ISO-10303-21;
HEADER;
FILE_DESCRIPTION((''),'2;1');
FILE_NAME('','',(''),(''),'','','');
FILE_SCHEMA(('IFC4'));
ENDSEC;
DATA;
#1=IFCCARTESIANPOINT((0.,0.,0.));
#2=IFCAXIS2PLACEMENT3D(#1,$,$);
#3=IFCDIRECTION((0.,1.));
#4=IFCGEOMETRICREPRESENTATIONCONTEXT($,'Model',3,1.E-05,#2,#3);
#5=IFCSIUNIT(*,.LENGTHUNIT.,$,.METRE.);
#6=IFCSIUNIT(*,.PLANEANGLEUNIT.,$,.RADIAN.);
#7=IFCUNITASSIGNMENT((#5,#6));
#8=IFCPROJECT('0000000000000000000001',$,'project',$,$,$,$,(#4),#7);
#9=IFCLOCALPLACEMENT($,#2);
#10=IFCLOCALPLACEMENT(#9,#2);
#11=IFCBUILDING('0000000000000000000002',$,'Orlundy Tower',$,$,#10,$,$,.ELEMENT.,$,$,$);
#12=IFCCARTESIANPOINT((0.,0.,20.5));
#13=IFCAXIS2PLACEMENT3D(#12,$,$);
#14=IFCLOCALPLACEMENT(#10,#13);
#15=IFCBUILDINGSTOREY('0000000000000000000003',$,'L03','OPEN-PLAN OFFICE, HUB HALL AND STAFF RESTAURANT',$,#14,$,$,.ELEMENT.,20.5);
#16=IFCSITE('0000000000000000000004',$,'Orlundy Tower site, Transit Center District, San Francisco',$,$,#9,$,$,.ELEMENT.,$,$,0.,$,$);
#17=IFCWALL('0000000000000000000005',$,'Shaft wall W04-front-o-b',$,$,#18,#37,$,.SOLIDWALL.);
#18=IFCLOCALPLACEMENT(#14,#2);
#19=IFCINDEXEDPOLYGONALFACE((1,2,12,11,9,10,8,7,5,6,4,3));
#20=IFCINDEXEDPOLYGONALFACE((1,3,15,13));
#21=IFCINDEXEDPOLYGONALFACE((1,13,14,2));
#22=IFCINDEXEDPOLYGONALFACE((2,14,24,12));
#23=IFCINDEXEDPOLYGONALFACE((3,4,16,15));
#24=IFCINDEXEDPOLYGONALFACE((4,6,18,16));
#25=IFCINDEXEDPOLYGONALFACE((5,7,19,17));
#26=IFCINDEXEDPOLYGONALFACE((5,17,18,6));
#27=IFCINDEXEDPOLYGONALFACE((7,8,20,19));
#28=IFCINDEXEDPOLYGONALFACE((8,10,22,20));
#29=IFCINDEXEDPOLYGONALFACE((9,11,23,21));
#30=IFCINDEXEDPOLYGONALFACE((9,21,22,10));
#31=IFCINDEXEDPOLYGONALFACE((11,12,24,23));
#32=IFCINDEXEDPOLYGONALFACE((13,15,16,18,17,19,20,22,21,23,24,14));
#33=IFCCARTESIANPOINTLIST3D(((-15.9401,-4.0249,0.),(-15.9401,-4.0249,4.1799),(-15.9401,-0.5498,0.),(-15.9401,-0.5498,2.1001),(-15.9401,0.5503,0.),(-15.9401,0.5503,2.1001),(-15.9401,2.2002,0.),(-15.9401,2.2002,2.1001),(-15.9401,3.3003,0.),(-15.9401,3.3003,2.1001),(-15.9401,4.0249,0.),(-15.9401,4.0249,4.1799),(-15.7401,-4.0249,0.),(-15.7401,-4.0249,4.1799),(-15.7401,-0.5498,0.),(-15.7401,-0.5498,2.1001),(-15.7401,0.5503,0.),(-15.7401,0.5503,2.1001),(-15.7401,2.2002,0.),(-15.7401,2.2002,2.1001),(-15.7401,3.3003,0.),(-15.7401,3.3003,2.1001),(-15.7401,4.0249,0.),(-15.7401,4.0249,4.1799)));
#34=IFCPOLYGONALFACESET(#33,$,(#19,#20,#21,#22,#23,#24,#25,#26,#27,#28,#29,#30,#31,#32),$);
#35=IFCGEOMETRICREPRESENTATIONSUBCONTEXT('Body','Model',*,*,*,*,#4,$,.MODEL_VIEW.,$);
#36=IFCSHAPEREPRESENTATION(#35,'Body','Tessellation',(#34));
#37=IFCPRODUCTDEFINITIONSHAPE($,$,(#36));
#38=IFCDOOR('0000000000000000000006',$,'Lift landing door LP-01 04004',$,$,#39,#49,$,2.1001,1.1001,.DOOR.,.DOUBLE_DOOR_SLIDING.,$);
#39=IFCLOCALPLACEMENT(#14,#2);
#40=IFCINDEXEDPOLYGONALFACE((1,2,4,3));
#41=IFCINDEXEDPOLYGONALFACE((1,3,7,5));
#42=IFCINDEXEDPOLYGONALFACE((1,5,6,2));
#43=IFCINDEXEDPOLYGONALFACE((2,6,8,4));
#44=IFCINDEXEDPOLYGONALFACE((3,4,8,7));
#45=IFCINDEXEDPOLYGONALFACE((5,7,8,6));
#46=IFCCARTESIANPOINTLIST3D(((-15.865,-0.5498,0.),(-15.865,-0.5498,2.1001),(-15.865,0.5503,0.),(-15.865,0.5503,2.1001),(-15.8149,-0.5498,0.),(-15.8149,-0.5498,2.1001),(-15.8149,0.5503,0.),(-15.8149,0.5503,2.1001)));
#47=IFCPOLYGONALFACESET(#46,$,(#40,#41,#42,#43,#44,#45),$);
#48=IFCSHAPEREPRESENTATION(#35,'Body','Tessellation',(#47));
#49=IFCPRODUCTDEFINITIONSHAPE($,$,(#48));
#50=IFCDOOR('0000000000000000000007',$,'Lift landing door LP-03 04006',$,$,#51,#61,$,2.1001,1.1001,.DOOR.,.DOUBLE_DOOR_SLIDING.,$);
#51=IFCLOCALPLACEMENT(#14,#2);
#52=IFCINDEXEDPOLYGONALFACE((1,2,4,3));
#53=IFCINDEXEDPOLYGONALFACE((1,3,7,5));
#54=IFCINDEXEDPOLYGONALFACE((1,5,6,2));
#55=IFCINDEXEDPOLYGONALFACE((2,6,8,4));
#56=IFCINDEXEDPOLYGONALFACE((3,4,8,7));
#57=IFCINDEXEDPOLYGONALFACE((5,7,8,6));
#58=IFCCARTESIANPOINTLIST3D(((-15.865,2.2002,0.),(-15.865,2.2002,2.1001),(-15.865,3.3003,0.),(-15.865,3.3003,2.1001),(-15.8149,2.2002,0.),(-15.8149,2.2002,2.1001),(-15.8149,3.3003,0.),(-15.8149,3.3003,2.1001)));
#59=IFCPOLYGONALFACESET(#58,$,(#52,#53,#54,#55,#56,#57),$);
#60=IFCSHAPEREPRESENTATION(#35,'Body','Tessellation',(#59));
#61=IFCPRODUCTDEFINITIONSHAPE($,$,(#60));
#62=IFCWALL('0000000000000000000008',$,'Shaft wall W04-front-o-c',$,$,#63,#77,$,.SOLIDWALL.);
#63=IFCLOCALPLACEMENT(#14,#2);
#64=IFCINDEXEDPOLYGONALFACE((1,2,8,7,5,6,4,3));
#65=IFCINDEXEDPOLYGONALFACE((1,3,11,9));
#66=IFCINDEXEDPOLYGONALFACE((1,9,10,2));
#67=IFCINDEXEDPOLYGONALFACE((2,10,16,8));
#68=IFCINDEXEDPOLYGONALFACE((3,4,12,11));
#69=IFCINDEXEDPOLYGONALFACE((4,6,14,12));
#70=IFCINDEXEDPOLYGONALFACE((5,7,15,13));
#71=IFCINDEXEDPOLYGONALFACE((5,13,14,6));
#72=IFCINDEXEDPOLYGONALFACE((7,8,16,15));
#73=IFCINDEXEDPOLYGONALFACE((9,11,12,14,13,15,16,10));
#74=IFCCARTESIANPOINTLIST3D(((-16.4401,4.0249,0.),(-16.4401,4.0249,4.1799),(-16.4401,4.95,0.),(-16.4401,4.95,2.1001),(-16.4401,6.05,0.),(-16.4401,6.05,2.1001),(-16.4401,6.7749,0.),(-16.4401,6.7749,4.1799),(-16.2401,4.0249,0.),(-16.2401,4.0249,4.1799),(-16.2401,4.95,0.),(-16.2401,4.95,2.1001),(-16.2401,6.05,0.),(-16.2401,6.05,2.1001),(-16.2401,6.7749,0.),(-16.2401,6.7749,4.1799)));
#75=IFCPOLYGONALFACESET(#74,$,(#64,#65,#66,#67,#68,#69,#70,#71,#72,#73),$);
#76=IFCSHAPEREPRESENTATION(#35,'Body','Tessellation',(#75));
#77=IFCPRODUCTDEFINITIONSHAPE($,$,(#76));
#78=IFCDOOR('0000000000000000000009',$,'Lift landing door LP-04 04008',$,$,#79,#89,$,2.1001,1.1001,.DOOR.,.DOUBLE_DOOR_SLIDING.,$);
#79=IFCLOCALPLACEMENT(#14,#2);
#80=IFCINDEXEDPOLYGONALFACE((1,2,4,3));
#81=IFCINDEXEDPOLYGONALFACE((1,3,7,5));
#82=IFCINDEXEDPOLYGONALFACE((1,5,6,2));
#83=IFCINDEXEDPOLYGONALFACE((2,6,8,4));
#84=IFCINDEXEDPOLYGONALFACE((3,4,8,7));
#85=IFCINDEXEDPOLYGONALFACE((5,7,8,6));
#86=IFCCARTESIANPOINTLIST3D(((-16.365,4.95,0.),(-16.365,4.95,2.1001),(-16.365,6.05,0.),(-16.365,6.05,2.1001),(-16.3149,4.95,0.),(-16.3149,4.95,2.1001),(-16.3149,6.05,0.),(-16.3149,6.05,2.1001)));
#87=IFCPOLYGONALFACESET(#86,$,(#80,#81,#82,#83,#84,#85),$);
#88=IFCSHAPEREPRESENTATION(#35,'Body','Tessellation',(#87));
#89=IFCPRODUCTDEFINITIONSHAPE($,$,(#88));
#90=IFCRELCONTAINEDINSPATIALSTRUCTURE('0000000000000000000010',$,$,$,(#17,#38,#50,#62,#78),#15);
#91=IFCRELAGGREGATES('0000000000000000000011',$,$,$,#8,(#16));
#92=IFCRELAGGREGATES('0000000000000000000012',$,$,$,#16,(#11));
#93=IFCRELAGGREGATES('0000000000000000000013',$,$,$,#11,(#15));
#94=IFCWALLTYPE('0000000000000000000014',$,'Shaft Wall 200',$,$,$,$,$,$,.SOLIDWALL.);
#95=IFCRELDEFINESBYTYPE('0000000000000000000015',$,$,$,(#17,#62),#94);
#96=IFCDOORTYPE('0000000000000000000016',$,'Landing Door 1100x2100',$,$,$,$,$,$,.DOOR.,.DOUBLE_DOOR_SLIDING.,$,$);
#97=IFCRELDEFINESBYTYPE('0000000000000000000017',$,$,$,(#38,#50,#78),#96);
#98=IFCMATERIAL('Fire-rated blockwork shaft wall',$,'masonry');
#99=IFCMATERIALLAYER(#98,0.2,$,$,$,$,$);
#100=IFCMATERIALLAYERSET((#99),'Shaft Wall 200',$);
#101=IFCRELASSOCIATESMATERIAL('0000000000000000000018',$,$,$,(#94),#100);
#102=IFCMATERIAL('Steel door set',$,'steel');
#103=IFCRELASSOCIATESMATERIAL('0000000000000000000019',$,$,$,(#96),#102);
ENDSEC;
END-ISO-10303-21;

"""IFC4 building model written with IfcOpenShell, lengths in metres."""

from ifc_helpers import new_model, si_unit, direction, frame, frame_2d, origin, place, context, subcontext, project, spatial, rectangle, extrude, material, layer, layer_set, type_object, element, fill, save


model = new_model("IFC4")

# Units and contexts
model_context = context("Model", 3, precision=1e-05, world=origin(), true_north=direction((0.0, 1.0)))
body_context = subcontext(model_context, "Body", "Model", "MODEL_VIEW")
ifc_project = project(units=[si_unit("LENGTHUNIT", "METRE"), si_unit("PLANEANGLEUNIT", "RADIAN")], contexts=[model_context])

# Site, building, storey
site_placement = place(None, origin())
site = spatial("IfcSite", under=ifc_project, at=site_placement, Name="Orlundy Tower site, Transit Center District, San Francisco", CompositionType="ELEMENT", RefElevation=0.0)
building_placement = place(site_placement, origin())
building = spatial("IfcBuilding", under=site, at=building_placement, Name="Orlundy Tower", CompositionType="ELEMENT")
storey_placement = place(building_placement, frame((0.0, 0.0, 20.5)))
storey = spatial("IfcBuildingStorey", under=building, at=storey_placement, Name="L03", Description="OPEN-PLAN OFFICE, HUB HALL AND STAFF RESTAURANT", CompositionType="ELEMENT", Elevation=20.5)

# Shared definitions
ifc_material_1 = material(Name="Fire-rated blockwork shaft wall", Category="masonry")
ifc_layer_1 = layer(ifc_material_1, 0.2)
ifc_layer_set_1 = layer_set([ifc_layer_1], Name="Shaft Wall 200")
wall_type_1 = type_object("IfcWallType", Name="Shaft Wall 200", PredefinedType="SOLIDWALL", material=ifc_layer_set_1)

# Shared definitions
ifc_material_2 = material(Name="Steel door set", Category="steel")
door_type_1 = type_object("IfcDoorType", Name="Landing Door 1100x2100", OperationType="DOUBLE_DOOR_SLIDING", PredefinedType="DOOR", material=ifc_material_2)

# Wall, openings, doors
wall_1_placement = place(storey_placement, frame((-15.8401, -4.0249, 0.0), z_axis=(0.0, 0.0, 1.0), x_axis=(0.0, 1.0, 0.0)))
wall_1 = element("IfcWall", 1, at=wall_1_placement, inside=storey, type_object=wall_type_1, Name="Shaft wall W04-front-o-b", PredefinedType="SOLIDWALL", context=body_context, shape_type="SweptSolid", body=[
    extrude(rectangle(XDim=8.0498, YDim=0.2, at=frame_2d((4.0249, 0.0))), origin(), (0.0, 0.0, 1.0), 4.1799),
])
opening_1_placement = place(wall_1_placement, frame((3.4751, 0.0, 0.0)))
opening_1 = element("IfcOpeningElement", 2, at=opening_1_placement, cuts=wall_1, PredefinedType="OPENING", context=body_context, shape_type="SweptSolid", body=[
    extrude(rectangle(XDim=1.1001, YDim=2.1001, at=frame_2d((0.55, 1.05))), frame((0.0, 0.1101, 0.0), z_axis=(0.0, -1.0, 0.0), x_axis=(1.0, 0.0, 0.0)), (0.0, 0.0, 1.0), 0.2202),
])
opening_2_placement = place(wall_1_placement, frame((6.2251, 0.0, 0.0)))
opening_2 = element("IfcOpeningElement", 3, at=opening_2_placement, cuts=wall_1, PredefinedType="OPENING", context=body_context, shape_type="SweptSolid", body=[
    extrude(rectangle(XDim=1.1001, YDim=2.1001, at=frame_2d((0.55, 1.05))), frame((0.0, 0.1101, 0.0), z_axis=(0.0, -1.0, 0.0), x_axis=(1.0, 0.0, 0.0)), (0.0, 0.0, 1.0), 0.2202),
])
door_1_placement = place(opening_1_placement, origin())
door_1 = element("IfcDoor", 4, at=door_1_placement, inside=storey, type_object=door_type_1, Name="Lift landing door LP-01 04004", OperationType="DOUBLE_DOOR_SLIDING", OverallHeight=2.1001, OverallWidth=1.1001, PredefinedType="DOOR", context=body_context, shape_type="SweptSolid", body=[
    extrude(rectangle(XDim=1.1001, YDim=2.1001, at=frame_2d((0.55, 1.05))), frame((0.0, 0.0249, 0.0), z_axis=(0.0, -1.0, 0.0), x_axis=(1.0, 0.0, 0.0)), (0.0, 0.0, 1.0), 0.05),
])
fill(opening_1, door_1)
door_2_placement = place(opening_2_placement, origin())
door_2 = element("IfcDoor", 5, at=door_2_placement, inside=storey, type_object=door_type_1, Name="Lift landing door LP-03 04006", OperationType="DOUBLE_DOOR_SLIDING", OverallHeight=2.1001, OverallWidth=1.1001, PredefinedType="DOOR", context=body_context, shape_type="SweptSolid", body=[
    extrude(rectangle(XDim=1.1001, YDim=2.1001, at=frame_2d((0.55, 1.05))), frame((0.0, 0.0249, 0.0), z_axis=(0.0, -1.0, 0.0), x_axis=(1.0, 0.0, 0.0)), (0.0, 0.0, 1.0), 0.05),
])
fill(opening_2, door_2)

# Wall, opening, door
wall_2_placement = place(storey_placement, frame((-16.3401, 4.0249, 0.0), z_axis=(0.0, 0.0, 1.0), x_axis=(0.0, 1.0, 0.0)))
wall_2 = element("IfcWall", 6, at=wall_2_placement, inside=storey, type_object=wall_type_1, Name="Shaft wall W04-front-o-c", PredefinedType="SOLIDWALL", context=body_context, shape_type="SweptSolid", body=[
    extrude(rectangle(XDim=2.75, YDim=0.2, at=frame_2d((1.375, 0.0))), origin(), (0.0, 0.0, 1.0), 4.1799),
])
opening_3_placement = place(wall_2_placement, frame((0.925, 0.0, 0.0)))
opening_3 = element("IfcOpeningElement", 7, at=opening_3_placement, cuts=wall_2, PredefinedType="OPENING", context=body_context, shape_type="SweptSolid", body=[
    extrude(rectangle(XDim=1.1001, YDim=2.1001, at=frame_2d((0.55, 1.05))), frame((0.0, 0.1101, 0.0), z_axis=(0.0, -1.0, 0.0), x_axis=(1.0, 0.0, 0.0)), (0.0, 0.0, 1.0), 0.2202),
])
door_3_placement = place(opening_3_placement, origin())
door_3 = element("IfcDoor", 8, at=door_3_placement, inside=storey, type_object=door_type_1, Name="Lift landing door LP-04 04008", OperationType="DOUBLE_DOOR_SLIDING", OverallHeight=2.1001, OverallWidth=1.1001, PredefinedType="DOOR", context=body_context, shape_type="SweptSolid", body=[
    extrude(rectangle(XDim=1.1001, YDim=2.1001, at=frame_2d((0.55, 1.05))), frame((0.0, 0.0249, 0.0), z_axis=(0.0, -1.0, 0.0), x_axis=(1.0, 0.0, 0.0)), (0.0, 0.0, 1.0), 0.05),
])
fill(opening_3, door_3)

save(model, "model.ifc")
